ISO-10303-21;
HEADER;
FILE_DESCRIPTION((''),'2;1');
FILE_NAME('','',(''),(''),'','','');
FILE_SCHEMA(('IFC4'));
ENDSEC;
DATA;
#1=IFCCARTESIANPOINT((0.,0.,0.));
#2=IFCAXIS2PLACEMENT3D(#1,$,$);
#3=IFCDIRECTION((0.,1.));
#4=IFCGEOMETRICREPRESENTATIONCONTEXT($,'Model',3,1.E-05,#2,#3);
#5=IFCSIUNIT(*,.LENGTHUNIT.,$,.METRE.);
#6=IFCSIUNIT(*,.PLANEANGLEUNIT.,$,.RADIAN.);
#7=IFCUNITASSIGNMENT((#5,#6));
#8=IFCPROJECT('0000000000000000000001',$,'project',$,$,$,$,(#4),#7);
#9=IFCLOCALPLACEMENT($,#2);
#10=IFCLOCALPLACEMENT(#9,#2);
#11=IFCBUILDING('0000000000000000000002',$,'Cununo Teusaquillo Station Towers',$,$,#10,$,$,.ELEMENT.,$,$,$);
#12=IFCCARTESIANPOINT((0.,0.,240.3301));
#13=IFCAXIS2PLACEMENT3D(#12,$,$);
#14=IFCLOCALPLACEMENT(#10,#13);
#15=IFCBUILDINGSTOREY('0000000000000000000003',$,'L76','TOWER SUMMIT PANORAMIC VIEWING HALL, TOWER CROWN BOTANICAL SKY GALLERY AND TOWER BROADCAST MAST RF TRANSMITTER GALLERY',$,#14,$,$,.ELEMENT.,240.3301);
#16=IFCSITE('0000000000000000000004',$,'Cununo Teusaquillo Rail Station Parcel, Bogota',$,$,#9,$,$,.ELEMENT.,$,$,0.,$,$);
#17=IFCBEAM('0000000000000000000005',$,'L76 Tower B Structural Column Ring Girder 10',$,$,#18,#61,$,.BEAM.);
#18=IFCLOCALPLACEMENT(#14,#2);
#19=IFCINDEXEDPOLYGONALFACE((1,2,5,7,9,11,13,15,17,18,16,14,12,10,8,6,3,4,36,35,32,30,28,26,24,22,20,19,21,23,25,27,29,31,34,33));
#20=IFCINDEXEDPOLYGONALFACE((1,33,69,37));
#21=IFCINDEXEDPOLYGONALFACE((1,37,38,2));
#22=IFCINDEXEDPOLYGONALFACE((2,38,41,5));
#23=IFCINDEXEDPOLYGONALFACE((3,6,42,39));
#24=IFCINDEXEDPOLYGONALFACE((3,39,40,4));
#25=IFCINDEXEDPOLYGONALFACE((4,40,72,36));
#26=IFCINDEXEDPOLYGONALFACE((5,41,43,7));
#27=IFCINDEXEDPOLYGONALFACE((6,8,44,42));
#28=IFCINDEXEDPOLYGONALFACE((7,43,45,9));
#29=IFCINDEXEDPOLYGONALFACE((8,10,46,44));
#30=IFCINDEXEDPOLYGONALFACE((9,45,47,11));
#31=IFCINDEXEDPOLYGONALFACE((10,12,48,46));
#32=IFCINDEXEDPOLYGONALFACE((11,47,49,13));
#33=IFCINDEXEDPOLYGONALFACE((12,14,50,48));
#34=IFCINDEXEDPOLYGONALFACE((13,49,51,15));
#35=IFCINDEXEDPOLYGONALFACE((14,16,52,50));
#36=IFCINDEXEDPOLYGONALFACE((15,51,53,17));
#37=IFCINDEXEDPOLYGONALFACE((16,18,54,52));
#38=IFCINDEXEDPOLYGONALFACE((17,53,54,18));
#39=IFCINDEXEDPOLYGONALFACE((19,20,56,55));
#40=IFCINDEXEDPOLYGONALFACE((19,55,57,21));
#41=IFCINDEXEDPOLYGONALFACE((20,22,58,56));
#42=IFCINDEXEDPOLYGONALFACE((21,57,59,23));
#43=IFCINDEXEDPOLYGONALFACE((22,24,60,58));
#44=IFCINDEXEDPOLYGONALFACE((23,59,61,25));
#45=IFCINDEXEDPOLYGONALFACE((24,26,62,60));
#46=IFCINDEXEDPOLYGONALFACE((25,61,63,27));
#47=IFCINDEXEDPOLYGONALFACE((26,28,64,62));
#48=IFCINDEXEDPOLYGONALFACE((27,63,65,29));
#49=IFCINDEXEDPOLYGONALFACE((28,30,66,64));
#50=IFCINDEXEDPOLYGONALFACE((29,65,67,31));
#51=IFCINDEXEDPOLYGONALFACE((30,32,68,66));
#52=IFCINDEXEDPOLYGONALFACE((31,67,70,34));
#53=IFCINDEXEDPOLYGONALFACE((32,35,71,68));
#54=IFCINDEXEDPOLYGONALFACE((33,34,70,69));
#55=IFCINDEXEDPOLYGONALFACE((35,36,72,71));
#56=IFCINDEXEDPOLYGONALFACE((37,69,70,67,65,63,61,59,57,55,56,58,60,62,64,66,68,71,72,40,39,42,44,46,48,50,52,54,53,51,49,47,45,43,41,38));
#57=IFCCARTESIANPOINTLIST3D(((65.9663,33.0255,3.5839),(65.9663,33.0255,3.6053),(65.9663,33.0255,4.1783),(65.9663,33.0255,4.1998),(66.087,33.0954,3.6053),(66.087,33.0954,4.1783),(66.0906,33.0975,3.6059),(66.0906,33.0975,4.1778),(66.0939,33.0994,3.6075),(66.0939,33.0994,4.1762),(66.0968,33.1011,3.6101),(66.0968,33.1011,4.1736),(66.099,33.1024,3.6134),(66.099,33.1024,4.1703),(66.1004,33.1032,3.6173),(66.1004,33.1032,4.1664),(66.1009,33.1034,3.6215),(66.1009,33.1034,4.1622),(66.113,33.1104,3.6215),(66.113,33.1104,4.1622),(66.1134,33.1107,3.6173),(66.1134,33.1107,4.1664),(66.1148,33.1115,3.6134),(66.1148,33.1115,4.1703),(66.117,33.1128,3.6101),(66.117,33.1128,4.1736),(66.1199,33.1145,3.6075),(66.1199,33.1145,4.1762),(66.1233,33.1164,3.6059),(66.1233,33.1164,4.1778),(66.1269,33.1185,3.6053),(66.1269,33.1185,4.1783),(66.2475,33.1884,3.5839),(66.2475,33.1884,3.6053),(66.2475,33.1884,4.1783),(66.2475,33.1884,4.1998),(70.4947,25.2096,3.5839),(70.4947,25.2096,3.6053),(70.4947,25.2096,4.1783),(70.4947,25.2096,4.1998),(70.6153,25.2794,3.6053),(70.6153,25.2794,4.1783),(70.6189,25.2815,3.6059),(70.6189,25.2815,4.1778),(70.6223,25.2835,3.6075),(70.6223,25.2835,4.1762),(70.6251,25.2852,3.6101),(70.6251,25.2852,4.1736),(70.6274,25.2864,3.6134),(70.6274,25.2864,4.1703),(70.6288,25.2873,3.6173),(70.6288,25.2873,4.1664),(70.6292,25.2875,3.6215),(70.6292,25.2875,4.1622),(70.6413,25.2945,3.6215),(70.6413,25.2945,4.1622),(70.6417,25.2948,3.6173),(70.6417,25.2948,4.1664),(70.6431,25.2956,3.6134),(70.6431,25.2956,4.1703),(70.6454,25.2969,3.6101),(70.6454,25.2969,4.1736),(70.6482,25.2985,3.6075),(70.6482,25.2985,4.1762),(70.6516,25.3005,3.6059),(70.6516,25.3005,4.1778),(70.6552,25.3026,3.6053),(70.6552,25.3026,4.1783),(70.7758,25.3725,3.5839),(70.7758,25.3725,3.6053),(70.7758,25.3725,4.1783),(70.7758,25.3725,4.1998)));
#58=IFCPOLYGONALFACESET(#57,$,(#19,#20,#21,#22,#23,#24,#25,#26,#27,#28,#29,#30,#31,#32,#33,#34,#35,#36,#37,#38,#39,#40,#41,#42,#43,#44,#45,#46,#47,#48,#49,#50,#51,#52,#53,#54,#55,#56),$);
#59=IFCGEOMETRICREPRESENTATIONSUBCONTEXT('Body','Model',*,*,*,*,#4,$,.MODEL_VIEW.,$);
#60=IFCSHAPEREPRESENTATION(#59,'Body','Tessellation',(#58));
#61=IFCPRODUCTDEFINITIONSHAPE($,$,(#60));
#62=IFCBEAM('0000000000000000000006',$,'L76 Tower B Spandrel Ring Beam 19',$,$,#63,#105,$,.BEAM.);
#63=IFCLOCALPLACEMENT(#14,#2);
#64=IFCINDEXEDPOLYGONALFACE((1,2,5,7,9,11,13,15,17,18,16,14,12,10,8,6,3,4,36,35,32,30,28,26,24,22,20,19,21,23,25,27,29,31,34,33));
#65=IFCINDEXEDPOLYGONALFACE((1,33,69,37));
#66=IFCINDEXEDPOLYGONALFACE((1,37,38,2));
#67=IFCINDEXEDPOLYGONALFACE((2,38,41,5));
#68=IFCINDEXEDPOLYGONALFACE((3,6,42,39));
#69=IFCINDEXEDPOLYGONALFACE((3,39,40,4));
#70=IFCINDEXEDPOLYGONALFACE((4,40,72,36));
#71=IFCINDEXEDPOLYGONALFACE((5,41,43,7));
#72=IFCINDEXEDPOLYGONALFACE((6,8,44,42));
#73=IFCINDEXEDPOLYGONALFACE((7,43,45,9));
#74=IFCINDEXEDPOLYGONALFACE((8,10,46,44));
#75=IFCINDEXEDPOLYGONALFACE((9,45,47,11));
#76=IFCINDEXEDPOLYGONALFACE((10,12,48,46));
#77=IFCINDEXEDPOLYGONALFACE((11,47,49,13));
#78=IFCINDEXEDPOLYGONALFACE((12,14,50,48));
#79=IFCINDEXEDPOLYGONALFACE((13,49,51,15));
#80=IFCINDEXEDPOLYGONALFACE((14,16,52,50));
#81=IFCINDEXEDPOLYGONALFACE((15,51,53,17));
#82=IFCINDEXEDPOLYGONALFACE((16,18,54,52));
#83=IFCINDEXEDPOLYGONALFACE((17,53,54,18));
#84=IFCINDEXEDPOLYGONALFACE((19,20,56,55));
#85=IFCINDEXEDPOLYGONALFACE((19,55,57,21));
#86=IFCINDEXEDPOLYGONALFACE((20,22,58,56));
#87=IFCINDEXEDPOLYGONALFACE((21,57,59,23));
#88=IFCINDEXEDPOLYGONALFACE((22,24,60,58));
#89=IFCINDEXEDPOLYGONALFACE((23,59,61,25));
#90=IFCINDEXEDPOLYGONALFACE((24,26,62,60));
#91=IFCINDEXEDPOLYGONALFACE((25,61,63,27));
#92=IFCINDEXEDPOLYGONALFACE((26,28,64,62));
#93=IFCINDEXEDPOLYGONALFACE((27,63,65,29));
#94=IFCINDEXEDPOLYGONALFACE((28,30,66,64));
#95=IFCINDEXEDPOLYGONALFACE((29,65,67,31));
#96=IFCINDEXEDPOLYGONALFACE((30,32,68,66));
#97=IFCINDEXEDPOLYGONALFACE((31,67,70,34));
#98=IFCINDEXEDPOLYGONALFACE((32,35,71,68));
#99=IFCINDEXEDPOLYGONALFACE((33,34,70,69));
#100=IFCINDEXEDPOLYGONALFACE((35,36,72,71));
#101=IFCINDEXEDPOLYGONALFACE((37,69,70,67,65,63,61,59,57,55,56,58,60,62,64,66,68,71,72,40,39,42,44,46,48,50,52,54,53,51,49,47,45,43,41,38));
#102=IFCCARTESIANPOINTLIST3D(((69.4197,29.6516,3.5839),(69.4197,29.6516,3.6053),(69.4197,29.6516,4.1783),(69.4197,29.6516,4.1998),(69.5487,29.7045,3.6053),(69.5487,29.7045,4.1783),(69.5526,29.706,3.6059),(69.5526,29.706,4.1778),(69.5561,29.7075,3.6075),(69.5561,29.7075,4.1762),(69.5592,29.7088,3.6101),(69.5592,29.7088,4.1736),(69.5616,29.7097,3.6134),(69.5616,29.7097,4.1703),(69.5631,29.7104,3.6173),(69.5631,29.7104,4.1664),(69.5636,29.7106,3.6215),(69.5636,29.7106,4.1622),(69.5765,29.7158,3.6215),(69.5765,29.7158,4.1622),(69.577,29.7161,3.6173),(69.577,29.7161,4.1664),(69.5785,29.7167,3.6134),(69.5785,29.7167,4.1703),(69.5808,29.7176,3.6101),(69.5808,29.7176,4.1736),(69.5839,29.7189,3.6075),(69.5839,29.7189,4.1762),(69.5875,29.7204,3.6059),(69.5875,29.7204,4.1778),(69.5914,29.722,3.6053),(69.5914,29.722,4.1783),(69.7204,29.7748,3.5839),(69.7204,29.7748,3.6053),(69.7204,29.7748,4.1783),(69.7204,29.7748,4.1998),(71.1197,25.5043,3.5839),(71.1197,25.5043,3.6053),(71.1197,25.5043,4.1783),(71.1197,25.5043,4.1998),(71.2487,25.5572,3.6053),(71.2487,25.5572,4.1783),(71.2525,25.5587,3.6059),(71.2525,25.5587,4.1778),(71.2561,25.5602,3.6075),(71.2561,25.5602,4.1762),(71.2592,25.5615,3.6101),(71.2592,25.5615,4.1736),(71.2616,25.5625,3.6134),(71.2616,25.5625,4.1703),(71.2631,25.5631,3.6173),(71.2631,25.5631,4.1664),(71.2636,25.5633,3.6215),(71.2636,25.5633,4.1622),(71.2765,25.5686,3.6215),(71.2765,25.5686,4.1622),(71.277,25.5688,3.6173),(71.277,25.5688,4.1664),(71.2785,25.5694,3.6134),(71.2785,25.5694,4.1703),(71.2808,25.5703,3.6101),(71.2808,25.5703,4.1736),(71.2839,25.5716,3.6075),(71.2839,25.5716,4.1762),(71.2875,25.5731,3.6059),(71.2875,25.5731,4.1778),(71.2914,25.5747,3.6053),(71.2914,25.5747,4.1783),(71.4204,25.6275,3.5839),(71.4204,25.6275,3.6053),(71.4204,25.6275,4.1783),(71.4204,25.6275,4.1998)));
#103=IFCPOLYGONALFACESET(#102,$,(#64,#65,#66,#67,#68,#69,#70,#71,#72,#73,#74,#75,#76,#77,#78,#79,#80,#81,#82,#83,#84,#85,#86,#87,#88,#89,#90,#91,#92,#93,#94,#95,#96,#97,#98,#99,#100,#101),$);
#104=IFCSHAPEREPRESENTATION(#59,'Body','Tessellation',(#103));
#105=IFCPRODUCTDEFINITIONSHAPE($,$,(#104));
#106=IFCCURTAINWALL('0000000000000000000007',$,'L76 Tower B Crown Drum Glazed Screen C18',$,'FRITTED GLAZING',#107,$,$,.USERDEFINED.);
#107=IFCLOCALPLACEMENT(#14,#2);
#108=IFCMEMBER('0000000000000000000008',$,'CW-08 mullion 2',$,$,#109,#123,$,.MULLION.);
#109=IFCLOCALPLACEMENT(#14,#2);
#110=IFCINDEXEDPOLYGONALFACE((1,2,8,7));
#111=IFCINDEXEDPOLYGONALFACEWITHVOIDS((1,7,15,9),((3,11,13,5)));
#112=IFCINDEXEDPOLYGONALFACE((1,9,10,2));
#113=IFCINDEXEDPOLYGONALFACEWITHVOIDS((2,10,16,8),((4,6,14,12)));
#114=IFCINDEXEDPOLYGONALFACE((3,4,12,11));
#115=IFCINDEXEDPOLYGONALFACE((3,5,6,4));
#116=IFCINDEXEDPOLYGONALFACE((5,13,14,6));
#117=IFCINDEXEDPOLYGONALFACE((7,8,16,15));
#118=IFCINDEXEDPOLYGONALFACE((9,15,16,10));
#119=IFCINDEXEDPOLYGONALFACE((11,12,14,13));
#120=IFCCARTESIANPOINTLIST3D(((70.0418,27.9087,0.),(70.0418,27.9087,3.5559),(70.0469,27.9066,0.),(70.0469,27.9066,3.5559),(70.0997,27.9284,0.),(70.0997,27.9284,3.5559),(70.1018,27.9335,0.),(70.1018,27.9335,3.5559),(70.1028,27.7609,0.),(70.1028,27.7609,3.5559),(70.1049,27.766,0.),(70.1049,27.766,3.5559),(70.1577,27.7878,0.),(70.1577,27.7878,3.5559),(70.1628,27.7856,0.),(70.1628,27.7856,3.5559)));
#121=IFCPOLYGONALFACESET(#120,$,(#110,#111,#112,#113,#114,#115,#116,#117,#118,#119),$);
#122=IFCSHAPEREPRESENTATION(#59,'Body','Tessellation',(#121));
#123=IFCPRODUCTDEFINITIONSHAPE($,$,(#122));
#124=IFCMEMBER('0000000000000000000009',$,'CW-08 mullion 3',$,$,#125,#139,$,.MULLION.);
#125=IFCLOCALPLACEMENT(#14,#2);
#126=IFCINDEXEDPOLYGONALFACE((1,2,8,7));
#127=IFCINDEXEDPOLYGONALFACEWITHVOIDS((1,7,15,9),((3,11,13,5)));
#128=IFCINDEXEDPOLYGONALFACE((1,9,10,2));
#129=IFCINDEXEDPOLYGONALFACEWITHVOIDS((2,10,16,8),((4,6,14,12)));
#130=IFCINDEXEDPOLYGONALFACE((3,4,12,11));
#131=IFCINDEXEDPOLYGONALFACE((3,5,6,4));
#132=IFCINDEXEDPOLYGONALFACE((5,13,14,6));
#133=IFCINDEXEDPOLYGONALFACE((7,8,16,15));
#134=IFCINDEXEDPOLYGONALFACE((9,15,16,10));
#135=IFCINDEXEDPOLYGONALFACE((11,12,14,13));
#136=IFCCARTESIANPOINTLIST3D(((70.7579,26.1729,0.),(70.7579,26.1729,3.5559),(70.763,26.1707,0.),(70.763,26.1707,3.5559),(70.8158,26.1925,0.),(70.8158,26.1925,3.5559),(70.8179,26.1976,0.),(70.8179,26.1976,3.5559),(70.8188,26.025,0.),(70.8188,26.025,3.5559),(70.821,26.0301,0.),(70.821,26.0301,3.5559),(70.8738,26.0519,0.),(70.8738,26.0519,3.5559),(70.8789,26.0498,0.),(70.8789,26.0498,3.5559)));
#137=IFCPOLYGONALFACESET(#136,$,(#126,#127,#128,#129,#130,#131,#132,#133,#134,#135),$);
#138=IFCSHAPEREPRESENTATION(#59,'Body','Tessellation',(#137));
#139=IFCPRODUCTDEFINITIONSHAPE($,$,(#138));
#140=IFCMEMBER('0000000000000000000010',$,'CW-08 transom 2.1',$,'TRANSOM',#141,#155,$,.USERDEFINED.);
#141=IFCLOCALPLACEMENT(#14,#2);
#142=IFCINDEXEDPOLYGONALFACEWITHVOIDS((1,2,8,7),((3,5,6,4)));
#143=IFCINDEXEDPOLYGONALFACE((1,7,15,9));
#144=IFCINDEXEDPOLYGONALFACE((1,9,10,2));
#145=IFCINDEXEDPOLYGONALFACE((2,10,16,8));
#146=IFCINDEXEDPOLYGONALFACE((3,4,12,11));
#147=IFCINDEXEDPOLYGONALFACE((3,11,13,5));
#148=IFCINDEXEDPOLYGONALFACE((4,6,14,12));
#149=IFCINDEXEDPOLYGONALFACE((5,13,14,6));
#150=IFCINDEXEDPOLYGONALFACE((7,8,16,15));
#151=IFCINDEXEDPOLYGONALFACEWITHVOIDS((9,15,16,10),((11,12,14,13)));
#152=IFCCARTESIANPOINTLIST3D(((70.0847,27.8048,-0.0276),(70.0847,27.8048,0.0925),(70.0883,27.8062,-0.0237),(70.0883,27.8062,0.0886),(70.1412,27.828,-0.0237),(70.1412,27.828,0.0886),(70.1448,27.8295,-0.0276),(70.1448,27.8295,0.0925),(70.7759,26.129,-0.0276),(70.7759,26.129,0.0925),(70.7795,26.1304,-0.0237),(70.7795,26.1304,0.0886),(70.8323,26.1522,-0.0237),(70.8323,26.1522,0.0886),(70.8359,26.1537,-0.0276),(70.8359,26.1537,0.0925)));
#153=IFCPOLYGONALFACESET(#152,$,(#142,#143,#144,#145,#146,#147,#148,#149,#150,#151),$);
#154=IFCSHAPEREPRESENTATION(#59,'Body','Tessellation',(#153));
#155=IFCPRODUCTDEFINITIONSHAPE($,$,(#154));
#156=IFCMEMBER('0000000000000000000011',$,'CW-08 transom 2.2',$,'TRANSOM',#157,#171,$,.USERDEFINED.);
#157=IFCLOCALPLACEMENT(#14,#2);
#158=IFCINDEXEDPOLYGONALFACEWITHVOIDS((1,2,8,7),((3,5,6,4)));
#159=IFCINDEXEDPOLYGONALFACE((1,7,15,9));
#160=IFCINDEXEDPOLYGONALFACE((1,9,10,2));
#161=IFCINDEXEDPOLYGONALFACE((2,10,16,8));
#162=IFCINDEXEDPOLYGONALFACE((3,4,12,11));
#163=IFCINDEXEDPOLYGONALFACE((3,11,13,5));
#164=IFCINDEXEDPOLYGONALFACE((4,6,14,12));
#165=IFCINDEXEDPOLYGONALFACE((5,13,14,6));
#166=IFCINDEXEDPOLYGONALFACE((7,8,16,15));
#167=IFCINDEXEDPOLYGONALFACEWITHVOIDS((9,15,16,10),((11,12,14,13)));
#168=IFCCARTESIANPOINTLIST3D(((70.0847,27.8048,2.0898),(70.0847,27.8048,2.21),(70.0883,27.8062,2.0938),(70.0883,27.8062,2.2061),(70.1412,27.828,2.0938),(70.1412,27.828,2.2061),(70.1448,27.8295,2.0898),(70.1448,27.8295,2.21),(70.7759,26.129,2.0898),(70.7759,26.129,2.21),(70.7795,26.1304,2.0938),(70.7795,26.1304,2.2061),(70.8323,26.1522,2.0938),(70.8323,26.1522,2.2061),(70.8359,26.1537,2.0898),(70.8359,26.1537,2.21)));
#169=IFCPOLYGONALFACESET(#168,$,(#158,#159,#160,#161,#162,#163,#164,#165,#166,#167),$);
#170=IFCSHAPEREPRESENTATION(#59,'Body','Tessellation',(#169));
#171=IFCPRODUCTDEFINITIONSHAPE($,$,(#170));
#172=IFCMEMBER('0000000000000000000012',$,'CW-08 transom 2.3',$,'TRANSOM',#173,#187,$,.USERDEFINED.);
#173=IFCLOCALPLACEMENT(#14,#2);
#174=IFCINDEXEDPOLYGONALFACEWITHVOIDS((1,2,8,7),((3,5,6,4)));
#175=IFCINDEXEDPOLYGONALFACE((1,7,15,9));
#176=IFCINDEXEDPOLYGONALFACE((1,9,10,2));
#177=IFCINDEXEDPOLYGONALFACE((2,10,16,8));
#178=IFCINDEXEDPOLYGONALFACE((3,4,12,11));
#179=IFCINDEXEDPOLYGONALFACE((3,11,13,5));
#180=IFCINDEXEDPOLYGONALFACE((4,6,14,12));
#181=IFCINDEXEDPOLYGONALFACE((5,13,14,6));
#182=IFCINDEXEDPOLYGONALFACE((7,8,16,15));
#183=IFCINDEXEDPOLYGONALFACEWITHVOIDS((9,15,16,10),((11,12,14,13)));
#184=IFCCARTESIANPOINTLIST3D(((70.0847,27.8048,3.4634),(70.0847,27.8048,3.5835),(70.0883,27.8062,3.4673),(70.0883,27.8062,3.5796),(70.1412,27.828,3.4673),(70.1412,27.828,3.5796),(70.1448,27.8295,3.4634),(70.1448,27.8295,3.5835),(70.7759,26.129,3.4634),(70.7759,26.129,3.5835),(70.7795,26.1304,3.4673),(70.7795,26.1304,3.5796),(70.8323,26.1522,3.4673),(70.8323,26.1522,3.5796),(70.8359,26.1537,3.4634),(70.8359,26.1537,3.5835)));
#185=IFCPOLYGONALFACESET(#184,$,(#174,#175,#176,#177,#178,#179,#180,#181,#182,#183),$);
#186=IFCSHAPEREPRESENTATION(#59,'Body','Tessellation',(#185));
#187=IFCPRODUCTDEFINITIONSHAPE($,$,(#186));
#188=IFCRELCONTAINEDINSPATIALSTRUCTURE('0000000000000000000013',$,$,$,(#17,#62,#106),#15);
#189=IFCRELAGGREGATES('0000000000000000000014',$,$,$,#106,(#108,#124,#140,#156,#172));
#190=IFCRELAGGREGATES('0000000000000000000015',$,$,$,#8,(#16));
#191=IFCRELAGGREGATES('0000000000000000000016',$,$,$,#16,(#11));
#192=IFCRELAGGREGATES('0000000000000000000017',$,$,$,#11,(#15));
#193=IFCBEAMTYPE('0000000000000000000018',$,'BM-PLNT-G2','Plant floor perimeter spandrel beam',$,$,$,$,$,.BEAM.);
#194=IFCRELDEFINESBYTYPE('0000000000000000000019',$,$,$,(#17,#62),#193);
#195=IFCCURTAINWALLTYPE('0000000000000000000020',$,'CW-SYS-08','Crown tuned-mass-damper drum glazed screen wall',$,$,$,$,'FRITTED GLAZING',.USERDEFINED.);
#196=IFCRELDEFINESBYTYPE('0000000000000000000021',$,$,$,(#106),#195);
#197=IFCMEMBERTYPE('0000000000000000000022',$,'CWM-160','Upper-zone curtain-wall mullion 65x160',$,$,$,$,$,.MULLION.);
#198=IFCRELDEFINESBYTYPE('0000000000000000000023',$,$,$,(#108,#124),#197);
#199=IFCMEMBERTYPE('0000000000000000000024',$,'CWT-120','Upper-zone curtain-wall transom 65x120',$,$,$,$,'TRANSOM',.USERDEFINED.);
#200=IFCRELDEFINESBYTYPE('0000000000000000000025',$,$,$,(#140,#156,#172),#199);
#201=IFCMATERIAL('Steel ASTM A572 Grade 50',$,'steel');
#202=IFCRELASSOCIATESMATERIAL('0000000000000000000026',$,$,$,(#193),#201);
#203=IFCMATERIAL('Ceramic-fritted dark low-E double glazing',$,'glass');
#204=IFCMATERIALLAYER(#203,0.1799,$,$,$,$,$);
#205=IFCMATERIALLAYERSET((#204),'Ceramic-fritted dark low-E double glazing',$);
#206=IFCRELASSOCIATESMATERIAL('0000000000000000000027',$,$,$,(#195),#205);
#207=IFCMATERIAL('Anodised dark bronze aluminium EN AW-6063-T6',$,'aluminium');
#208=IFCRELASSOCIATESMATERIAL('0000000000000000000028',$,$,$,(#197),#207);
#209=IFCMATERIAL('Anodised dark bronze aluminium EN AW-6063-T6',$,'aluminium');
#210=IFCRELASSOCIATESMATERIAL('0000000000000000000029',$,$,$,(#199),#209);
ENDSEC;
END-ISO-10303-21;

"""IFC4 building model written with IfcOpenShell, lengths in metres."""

from ifc_helpers import new_model, si_unit, direction, frame, origin, origin_2d, place, context, subcontext, project, spatial, hollow_rectangle, i_section, extrude, material, layer, layer_set, material_profile, profile_set, type_object, element, aggregate, save


model = new_model("IFC4")

# Units and contexts
model_context = context("Model", 3, precision=1e-05, world=origin(), true_north=direction((0.0, 1.0)))
body_context = subcontext(model_context, "Body", "Model", "MODEL_VIEW")
ifc_project = project(units=[si_unit("LENGTHUNIT", "METRE"), si_unit("PLANEANGLEUNIT", "RADIAN")], contexts=[model_context])

# Site, building, storey
site_placement = place(None, origin())
site = spatial("IfcSite", under=ifc_project, at=site_placement, Name="Cununo Teusaquillo Rail Station Parcel, Bogota", CompositionType="ELEMENT", RefElevation=0.0)
building_placement = place(site_placement, origin())
building = spatial("IfcBuilding", under=site, at=building_placement, Name="Cununo Teusaquillo Station Towers", CompositionType="ELEMENT")
storey_placement = place(building_placement, frame((0.0, 0.0, 240.3301)))
storey = spatial("IfcBuildingStorey", under=building, at=storey_placement, Name="L76", Description="TOWER SUMMIT PANORAMIC VIEWING HALL, TOWER CROWN BOTANICAL SKY GALLERY AND TOWER BROADCAST MAST RF TRANSMITTER GALLERY", CompositionType="ELEMENT", Elevation=240.3301)

# Beams
ifc_material_1 = material(Name="Steel ASTM A572 Grade 50", Category="steel")
ifc_material_profile_1 = material_profile(ifc_material_1, i_section(OverallWidth=0.325, OverallDepth=0.616, WebThickness=0.0139, FlangeThickness=0.0215, FilletRadius=0.0161, at=origin_2d()), Name="W24X117")
ifc_profile_set_1 = profile_set([ifc_material_profile_1], Name="Steel ASTM A572 Grade 50")
beam_type_1 = type_object("IfcBeamType", Name="BM-PLNT-G2", Description="Plant floor perimeter spandrel beam", PredefinedType="BEAM", material=ifc_profile_set_1)
beam_1_placement = place(storey_placement, frame((70.6353, 25.291, 3.8918), z_axis=(-0.501311, 0.865267, 0.0), x_axis=(-0.865267, -0.501311, 0.0)))
element("IfcBeam", 1, at=beam_1_placement, inside=storey, type_object=beam_type_1, Name="L76 Tower B Structural Column Ring Girder 10", PredefinedType="BEAM", context=body_context, shape_type="SweptSolid", body=[
    extrude(i_section(OverallWidth=0.325, OverallDepth=0.616, WebThickness=0.0139, FlangeThickness=0.0215, FilletRadius=0.0161, at=origin_2d()), origin(), (0.0, 0.0, 1.0), 9.033),
])
beam_2_placement = place(storey_placement, frame((71.27, 25.5659, 3.8918), z_axis=(-0.379275, 0.925284, 0.0), x_axis=(-0.925284, -0.379275, 0.0)))
element("IfcBeam", 2, at=beam_2_placement, inside=storey, type_object=beam_type_1, Name="L76 Tower B Spandrel Ring Beam 19", PredefinedType="BEAM", context=body_context, shape_type="SweptSolid", body=[
    extrude(i_section(OverallWidth=0.325, OverallDepth=0.616, WebThickness=0.0139, FlangeThickness=0.0215, FilletRadius=0.0161, at=origin_2d()), origin(), (0.0, 0.0, 1.0), 4.4822),
])

# Curtain wall, members
ifc_material_2 = material(Name="Ceramic-fritted dark low-E double glazing", Category="glass")
ifc_layer_1 = layer(ifc_material_2, 0.1799)
ifc_layer_set_1 = layer_set([ifc_layer_1], Name="Ceramic-fritted dark low-E double glazing")
curtain_wall_type = type_object("IfcCurtainWallType", Name="CW-SYS-08", Description="Crown tuned-mass-damper drum glazed screen wall", ElementType="FRITTED GLAZING", PredefinedType="USERDEFINED", material=ifc_layer_set_1)
curtain_wall_placement = place(storey_placement, origin())
curtain_wall = element("IfcCurtainWall", 3, at=curtain_wall_placement, inside=storey, type_object=curtain_wall_type, Name="L76 Tower B Crown Drum Glazed Screen C18", ObjectType="FRITTED GLAZING", PredefinedType="USERDEFINED")
ifc_material_3 = material(Name="Anodised dark bronze aluminium EN AW-6063-T6", Category="aluminium")
ifc_material_profile_2 = material_profile(ifc_material_3, hollow_rectangle(XDim=0.0649, YDim=0.1599, WallThickness=0.0039, at=origin_2d()), Name="CW-MULL-65x160")
ifc_profile_set_2 = profile_set([ifc_material_profile_2], Name="Anodised dark bronze aluminium EN AW-6063-T6")
member_type_1 = type_object("IfcMemberType", Name="CWM-160", Description="Upper-zone curtain-wall mullion 65x160", PredefinedType="MULLION", material=ifc_profile_set_2)
member_1_placement = place(storey_placement, frame((70.1023, 27.8472, 0.0), z_axis=(0.0, 0.0, 1.0), x_axis=(0.924447, 0.381311, 0.0)))
member_1 = element("IfcMember", 4, at=member_1_placement, type_object=member_type_1, Name="CW-08 mullion 2", PredefinedType="MULLION", context=body_context, shape_type="SweptSolid", body=[
    extrude(hollow_rectangle(XDim=0.0649, YDim=0.1599, WallThickness=0.0039, at=origin_2d()), origin(), (0.0, 0.0, 1.0), 3.5559),
])
member_2_placement = place(storey_placement, frame((70.8184, 26.1113, 0.0), z_axis=(0.0, 0.0, 1.0), x_axis=(0.924447, 0.381311, 0.0)))
member_2 = element("IfcMember", 5, at=member_2_placement, type_object=member_type_1, Name="CW-08 mullion 3", PredefinedType="MULLION", context=body_context, shape_type="SweptSolid", body=[
    extrude(hollow_rectangle(XDim=0.0649, YDim=0.1599, WallThickness=0.0039, at=origin_2d()), origin(), (0.0, 0.0, 1.0), 3.5559),
])
ifc_material_4 = material(Name="Anodised dark bronze aluminium EN AW-6063-T6", Category="aluminium")
ifc_material_profile_3 = material_profile(ifc_material_4, hollow_rectangle(XDim=0.0649, YDim=0.1201, WallThickness=0.0039, at=origin_2d()), Name="CW-TRAN-65x120")
ifc_profile_set_3 = profile_set([ifc_material_profile_3], Name="Anodised dark bronze aluminium EN AW-6063-T6")
member_type_2 = type_object("IfcMemberType", Name="CWT-120", Description="Upper-zone curtain-wall transom 65x120", ElementType="TRANSOM", PredefinedType="USERDEFINED", material=ifc_profile_set_3)
member_3_placement = place(storey_placement, frame((70.1147, 27.8171, 0.0325), z_axis=(0.381285, -0.924458, 0.0), x_axis=(0.924458, 0.381285, 0.0)))
member_3 = element("IfcMember", 6, at=member_3_placement, type_object=member_type_2, Name="CW-08 transom 2.1", ObjectType="TRANSOM", PredefinedType="USERDEFINED", context=body_context, shape_type="SweptSolid", body=[
    extrude(hollow_rectangle(XDim=0.0649, YDim=0.1201, WallThickness=0.0039, at=origin_2d()), origin(), (0.0, 0.0, 1.0), 1.8127),
])
member_4_placement = place(storey_placement, frame((70.1147, 27.8171, 2.1499), z_axis=(0.381285, -0.924458, 0.0), x_axis=(0.924458, 0.381285, 0.0)))
member_4 = element("IfcMember", 7, at=member_4_placement, type_object=member_type_2, Name="CW-08 transom 2.2", ObjectType="TRANSOM", PredefinedType="USERDEFINED", context=body_context, shape_type="SweptSolid", body=[
    extrude(hollow_rectangle(XDim=0.0649, YDim=0.1201, WallThickness=0.0039, at=origin_2d()), origin(), (0.0, 0.0, 1.0), 1.8127),
])
member_5_placement = place(storey_placement, frame((70.1147, 27.8171, 3.5234), z_axis=(0.381285, -0.924458, 0.0), x_axis=(0.924458, 0.381285, 0.0)))
member_5 = element("IfcMember", 8, at=member_5_placement, type_object=member_type_2, Name="CW-08 transom 2.3", ObjectType="TRANSOM", PredefinedType="USERDEFINED", context=body_context, shape_type="SweptSolid", body=[
    extrude(hollow_rectangle(XDim=0.0649, YDim=0.1201, WallThickness=0.0039, at=origin_2d()), origin(), (0.0, 0.0, 1.0), 1.8127),
])

aggregate(curtain_wall, [member_1, member_2, member_3, member_4, member_5])

save(model, "model.ifc")
